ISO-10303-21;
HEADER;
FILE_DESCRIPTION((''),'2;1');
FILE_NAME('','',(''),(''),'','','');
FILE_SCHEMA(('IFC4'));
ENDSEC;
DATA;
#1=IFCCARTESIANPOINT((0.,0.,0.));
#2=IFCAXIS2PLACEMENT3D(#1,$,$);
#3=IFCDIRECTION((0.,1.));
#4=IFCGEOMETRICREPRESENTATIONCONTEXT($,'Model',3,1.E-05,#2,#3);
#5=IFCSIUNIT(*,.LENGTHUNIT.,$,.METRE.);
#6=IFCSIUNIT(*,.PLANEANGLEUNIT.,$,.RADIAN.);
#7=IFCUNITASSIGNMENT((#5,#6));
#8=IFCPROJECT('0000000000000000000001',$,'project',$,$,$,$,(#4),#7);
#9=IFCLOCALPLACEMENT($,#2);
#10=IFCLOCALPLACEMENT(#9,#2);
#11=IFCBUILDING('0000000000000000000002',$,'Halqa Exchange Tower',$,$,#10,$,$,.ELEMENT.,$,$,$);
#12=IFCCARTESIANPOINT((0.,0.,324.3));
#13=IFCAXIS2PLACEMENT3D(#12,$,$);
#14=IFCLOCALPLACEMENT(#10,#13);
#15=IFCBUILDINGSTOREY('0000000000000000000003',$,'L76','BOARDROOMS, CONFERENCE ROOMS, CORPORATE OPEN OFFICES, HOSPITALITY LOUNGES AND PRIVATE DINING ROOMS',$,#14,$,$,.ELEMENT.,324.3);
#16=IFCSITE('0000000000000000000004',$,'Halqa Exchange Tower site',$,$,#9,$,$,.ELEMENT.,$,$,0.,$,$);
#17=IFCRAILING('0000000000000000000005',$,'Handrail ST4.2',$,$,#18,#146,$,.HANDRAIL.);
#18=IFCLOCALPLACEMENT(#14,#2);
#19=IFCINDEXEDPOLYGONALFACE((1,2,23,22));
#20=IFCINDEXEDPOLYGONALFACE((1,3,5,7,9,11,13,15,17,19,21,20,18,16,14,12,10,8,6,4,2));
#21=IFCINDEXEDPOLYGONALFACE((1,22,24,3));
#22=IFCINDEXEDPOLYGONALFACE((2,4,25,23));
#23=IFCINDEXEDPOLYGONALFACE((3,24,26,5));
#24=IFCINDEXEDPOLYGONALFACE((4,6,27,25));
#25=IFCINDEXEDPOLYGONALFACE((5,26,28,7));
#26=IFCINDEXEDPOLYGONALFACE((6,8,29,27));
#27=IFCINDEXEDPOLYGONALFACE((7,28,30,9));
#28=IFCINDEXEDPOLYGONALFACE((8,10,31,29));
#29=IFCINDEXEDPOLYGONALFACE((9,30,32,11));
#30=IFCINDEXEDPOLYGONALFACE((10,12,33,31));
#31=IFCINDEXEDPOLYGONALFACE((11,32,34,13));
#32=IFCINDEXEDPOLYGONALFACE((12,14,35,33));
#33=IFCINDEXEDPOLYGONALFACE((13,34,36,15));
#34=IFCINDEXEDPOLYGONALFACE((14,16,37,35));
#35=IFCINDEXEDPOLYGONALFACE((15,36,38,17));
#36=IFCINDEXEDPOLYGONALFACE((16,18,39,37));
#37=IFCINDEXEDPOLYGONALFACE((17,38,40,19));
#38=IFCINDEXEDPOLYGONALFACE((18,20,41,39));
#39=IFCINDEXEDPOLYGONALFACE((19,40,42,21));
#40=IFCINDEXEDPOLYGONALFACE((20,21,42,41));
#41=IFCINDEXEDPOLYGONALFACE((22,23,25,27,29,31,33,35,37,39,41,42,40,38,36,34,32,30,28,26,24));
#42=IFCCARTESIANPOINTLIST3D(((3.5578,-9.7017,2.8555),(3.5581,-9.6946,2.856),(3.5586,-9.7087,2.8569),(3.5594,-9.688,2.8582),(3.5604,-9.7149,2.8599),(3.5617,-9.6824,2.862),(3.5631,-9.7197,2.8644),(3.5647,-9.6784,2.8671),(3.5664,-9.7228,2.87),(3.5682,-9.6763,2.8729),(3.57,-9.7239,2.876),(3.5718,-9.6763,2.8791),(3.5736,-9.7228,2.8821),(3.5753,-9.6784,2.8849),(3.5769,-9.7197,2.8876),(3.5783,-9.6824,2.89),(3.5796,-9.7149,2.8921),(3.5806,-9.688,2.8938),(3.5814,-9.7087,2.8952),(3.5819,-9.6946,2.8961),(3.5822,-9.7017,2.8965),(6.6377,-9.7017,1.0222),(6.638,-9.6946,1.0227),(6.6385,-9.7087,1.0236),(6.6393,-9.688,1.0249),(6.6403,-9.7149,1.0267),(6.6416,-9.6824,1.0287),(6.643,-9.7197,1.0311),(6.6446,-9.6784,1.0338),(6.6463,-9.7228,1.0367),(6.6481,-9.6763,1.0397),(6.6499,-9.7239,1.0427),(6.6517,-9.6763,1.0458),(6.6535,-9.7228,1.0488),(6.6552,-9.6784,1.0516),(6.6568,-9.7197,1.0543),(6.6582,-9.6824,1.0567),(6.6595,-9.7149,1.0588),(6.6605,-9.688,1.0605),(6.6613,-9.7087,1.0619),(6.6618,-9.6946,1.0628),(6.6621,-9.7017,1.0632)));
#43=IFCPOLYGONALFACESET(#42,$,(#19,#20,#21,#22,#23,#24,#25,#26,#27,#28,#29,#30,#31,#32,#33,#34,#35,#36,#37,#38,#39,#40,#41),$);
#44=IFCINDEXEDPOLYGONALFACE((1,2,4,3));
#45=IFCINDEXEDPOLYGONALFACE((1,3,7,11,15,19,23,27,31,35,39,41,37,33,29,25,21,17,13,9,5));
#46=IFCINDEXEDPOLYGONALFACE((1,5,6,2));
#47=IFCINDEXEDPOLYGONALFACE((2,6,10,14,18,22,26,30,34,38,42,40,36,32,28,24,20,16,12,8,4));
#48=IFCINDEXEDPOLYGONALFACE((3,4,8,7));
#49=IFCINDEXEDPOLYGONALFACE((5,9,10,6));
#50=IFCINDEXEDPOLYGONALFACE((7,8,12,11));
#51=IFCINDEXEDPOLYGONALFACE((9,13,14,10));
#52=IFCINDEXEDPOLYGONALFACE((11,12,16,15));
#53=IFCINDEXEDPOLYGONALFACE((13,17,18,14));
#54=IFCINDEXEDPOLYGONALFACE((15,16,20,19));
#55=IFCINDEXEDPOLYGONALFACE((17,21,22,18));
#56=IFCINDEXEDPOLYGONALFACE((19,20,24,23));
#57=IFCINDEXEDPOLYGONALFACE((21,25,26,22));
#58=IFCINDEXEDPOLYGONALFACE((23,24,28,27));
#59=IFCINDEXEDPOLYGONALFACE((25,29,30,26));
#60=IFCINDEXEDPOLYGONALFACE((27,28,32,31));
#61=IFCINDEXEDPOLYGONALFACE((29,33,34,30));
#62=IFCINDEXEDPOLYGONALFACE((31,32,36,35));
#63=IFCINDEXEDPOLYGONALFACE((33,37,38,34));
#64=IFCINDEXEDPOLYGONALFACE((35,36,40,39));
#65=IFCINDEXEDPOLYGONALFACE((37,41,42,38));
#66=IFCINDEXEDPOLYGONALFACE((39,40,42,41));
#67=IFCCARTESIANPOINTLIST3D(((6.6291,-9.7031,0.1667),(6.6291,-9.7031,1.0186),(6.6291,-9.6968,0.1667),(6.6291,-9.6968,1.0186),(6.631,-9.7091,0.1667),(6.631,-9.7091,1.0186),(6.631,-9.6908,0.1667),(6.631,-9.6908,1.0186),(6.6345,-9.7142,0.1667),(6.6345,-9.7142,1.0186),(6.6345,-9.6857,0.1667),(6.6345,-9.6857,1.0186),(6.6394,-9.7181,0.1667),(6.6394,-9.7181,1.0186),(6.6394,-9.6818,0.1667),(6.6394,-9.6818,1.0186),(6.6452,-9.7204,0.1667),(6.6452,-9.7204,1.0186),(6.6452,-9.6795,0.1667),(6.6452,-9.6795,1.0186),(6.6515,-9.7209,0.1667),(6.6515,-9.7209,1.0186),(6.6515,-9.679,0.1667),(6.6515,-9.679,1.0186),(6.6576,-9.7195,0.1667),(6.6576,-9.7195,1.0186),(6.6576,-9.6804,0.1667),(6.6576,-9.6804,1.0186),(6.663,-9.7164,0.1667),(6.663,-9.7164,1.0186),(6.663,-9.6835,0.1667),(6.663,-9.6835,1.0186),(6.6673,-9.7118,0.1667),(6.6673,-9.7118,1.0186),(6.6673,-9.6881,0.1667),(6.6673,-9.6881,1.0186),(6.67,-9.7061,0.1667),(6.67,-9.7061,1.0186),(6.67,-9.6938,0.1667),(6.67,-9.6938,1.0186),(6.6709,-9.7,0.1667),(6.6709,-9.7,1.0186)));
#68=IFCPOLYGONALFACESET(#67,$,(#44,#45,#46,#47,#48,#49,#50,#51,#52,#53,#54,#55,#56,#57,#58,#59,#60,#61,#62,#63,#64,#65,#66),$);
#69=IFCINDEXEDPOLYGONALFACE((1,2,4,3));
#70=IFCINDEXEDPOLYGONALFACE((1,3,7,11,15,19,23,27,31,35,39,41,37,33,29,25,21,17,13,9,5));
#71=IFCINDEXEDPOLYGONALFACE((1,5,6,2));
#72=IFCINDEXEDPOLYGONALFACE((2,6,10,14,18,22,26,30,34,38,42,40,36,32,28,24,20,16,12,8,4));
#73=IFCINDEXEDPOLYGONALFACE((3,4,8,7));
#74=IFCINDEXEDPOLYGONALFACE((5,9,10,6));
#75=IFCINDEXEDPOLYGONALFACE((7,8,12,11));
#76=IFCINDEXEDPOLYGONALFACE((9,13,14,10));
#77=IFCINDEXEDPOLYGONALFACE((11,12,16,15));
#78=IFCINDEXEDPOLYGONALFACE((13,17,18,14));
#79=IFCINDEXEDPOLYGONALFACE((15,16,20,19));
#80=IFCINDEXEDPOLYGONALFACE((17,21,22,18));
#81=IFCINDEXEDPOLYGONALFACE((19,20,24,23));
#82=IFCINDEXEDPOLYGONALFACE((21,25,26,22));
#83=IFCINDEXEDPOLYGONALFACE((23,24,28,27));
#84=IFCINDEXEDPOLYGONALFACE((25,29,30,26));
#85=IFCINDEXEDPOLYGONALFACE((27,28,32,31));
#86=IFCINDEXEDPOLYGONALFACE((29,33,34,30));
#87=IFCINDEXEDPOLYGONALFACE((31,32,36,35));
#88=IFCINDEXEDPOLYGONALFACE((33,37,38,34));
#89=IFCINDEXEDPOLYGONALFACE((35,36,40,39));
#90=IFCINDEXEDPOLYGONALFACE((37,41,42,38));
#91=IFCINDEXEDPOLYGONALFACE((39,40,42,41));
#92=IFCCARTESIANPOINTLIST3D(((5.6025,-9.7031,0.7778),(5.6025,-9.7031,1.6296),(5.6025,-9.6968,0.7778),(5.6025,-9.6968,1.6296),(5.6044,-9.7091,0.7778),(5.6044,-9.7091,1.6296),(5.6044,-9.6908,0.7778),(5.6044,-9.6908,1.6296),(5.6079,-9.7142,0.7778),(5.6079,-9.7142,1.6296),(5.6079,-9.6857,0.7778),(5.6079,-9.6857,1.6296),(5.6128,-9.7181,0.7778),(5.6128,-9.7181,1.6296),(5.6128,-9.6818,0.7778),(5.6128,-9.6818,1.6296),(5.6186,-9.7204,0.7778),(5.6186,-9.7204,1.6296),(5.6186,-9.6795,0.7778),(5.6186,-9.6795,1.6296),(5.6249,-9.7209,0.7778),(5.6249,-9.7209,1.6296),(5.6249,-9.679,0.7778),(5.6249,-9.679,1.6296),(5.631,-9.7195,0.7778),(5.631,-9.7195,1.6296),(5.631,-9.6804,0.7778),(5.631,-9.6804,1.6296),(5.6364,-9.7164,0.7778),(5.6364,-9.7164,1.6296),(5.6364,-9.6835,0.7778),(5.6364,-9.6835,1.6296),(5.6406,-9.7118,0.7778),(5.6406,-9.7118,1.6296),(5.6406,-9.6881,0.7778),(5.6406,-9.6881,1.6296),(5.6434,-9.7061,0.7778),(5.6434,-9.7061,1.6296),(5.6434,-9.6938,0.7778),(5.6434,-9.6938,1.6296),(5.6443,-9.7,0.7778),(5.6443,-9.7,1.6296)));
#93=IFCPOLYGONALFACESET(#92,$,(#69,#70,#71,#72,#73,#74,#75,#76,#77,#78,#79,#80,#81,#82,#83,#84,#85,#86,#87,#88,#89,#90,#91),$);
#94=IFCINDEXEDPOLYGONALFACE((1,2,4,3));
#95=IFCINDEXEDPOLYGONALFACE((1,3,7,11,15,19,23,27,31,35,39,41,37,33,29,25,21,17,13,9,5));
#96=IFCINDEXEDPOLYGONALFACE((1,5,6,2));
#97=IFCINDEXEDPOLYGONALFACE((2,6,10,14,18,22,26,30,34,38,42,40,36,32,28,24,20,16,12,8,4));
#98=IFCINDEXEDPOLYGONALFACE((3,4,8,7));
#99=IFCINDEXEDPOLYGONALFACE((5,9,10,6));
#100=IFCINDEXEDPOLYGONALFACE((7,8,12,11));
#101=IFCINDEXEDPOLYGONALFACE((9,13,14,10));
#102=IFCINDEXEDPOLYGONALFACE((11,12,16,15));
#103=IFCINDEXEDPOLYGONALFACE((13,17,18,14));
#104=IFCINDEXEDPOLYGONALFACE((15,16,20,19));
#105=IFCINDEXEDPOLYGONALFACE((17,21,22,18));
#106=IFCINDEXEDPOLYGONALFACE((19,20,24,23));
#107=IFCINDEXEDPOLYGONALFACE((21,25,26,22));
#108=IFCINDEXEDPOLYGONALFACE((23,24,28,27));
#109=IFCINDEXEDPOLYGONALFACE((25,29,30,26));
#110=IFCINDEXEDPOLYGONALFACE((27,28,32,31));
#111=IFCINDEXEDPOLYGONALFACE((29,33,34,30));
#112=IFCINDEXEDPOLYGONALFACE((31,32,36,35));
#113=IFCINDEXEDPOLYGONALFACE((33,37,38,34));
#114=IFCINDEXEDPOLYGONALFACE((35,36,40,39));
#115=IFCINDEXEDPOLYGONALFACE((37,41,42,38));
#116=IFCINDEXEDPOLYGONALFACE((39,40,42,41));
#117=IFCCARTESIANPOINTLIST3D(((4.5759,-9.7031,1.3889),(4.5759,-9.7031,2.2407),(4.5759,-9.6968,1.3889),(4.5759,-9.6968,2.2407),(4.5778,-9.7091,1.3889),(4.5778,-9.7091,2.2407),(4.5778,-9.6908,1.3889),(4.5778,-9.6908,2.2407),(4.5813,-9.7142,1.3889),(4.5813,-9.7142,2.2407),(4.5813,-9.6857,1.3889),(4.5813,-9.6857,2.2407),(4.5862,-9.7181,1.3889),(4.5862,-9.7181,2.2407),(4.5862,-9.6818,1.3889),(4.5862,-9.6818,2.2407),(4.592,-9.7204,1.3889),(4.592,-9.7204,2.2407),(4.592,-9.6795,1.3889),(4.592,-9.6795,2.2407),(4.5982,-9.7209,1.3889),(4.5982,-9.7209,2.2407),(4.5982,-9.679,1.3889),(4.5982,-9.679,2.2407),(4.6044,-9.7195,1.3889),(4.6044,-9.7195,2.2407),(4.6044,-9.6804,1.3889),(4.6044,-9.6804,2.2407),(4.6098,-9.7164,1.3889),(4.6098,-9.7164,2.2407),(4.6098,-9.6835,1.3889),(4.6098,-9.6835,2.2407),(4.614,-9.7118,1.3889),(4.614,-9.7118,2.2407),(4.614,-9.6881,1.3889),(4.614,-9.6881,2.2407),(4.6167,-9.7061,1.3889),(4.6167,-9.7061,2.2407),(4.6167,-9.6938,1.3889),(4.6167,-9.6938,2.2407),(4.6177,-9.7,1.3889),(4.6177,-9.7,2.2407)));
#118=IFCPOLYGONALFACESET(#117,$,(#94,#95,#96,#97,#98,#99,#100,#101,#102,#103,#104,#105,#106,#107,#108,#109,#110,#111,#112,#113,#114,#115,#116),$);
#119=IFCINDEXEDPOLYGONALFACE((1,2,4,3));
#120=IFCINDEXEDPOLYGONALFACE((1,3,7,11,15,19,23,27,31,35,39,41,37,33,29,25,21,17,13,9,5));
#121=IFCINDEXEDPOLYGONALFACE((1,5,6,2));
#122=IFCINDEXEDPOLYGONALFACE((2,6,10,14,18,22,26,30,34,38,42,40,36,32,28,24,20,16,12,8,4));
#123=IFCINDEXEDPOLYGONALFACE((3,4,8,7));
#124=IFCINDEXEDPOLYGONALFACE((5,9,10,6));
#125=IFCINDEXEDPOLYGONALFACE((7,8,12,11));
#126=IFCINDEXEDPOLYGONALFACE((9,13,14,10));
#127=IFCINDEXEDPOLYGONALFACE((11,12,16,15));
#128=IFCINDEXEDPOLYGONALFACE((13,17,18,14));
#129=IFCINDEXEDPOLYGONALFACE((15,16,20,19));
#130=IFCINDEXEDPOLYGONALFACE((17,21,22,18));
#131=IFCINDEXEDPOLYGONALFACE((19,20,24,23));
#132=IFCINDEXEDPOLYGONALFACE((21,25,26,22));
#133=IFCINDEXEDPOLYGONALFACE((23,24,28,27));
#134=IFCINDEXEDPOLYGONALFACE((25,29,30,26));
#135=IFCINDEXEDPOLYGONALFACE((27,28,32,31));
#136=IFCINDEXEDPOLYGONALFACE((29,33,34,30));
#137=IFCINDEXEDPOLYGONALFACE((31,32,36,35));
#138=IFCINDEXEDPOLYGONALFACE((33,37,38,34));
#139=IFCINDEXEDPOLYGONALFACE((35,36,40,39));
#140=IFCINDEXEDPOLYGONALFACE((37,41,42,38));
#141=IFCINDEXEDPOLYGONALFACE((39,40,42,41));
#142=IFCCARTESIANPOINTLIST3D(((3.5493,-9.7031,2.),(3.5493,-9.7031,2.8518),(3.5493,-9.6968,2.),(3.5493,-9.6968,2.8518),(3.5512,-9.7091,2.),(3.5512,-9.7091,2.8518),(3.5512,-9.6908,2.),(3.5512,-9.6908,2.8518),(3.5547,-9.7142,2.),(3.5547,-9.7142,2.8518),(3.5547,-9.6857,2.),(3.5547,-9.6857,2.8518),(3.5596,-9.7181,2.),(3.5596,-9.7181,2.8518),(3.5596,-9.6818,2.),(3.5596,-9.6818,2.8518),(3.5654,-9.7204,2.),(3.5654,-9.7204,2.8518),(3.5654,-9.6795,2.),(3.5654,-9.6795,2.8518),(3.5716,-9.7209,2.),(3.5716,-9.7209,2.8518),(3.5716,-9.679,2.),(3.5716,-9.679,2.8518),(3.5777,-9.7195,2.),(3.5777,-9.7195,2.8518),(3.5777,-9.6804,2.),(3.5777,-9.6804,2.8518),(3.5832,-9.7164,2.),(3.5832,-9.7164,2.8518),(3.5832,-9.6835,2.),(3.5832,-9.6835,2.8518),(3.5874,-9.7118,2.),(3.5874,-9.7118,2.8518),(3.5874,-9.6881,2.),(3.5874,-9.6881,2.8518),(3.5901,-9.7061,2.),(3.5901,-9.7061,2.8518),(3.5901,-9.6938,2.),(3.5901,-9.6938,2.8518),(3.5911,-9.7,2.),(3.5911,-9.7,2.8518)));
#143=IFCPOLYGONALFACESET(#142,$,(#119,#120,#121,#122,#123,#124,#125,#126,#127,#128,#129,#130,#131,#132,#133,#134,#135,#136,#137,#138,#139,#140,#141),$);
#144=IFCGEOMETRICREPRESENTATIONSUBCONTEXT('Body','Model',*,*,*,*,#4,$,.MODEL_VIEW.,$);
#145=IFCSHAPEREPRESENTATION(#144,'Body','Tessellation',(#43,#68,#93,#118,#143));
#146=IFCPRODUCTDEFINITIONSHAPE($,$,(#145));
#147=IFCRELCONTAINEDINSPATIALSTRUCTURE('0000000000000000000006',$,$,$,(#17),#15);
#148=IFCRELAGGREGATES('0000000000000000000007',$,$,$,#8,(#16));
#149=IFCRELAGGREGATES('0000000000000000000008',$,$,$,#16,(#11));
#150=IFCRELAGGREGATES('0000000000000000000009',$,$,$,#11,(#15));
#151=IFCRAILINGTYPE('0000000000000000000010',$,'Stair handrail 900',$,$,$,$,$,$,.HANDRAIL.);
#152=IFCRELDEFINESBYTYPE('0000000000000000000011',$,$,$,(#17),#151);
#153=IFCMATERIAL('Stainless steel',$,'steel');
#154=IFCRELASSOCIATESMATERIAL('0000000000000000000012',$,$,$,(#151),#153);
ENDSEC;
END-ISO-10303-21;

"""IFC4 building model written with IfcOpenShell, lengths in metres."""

from ifc_helpers import new_model, si_unit, direction, frame, origin, origin_2d, place, context, subcontext, project, spatial, circle, extrude, material, type_object, element, save


model = new_model("IFC4")

# Units and contexts
model_context = context("Model", 3, precision=1e-05, world=origin(), true_north=direction((0.0, 1.0)))
body_context = subcontext(model_context, "Body", "Model", "MODEL_VIEW")
ifc_project = project(units=[si_unit("LENGTHUNIT", "METRE"), si_unit("PLANEANGLEUNIT", "RADIAN")], contexts=[model_context])

# Site, building, storey
site_placement = place(None, origin())
site = spatial("IfcSite", under=ifc_project, at=site_placement, Name="Halqa Exchange Tower site", CompositionType="ELEMENT", RefElevation=0.0)
building_placement = place(site_placement, origin())
building = spatial("IfcBuilding", under=site, at=building_placement, Name="Halqa Exchange Tower", CompositionType="ELEMENT")
storey_placement = place(building_placement, frame((0.0, 0.0, 324.3)))
storey = spatial("IfcBuildingStorey", under=building, at=storey_placement, Name="L76", Description="BOARDROOMS, CONFERENCE ROOMS, CORPORATE OPEN OFFICES, HOSPITALITY LOUNGES AND PRIVATE DINING ROOMS", CompositionType="ELEMENT", Elevation=324.3)

# Railing
ifc_material_1 = material(Name="Stainless steel", Category="steel")
railing_type_1 = type_object("IfcRailingType", Name="Stair handrail 900", PredefinedType="HANDRAIL", material=ifc_material_1)
railing_1_placement = place(storey_placement, frame((6.6499, -9.7, 0.1667)))
element("IfcRailing", 1, at=railing_1_placement, inside=storey, type_object=railing_type_1, Name="Handrail ST4.2", PredefinedType="HANDRAIL", context=body_context, shape_type="SweptSolid", body=[
    extrude(circle(Radius=0.0239, at=origin_2d()), frame((0.0, 0.0, 0.876), z_axis=(-0.859291, 0.0, 0.511487), x_axis=(0.0, -1.0, 0.0)), (0.0, 0.0, 1.0), 3.5842),
    extrude(circle(Radius=0.021, at=origin_2d()), origin(), (0.0, 0.0, 1.0), 0.8518),
    extrude(circle(Radius=0.021, at=origin_2d()), frame((-1.0266, 0.0, 0.6111)), (0.0, 0.0, 1.0), 0.8518),
    extrude(circle(Radius=0.021, at=origin_2d()), frame((-2.0532, 0.0, 1.2222)), (0.0, 0.0, 1.0), 0.8518),
    extrude(circle(Radius=0.021, at=origin_2d()), frame((-3.0798, 0.0, 1.8333)), (0.0, 0.0, 1.0), 0.8518),
])

save(model, "model.ifc")
